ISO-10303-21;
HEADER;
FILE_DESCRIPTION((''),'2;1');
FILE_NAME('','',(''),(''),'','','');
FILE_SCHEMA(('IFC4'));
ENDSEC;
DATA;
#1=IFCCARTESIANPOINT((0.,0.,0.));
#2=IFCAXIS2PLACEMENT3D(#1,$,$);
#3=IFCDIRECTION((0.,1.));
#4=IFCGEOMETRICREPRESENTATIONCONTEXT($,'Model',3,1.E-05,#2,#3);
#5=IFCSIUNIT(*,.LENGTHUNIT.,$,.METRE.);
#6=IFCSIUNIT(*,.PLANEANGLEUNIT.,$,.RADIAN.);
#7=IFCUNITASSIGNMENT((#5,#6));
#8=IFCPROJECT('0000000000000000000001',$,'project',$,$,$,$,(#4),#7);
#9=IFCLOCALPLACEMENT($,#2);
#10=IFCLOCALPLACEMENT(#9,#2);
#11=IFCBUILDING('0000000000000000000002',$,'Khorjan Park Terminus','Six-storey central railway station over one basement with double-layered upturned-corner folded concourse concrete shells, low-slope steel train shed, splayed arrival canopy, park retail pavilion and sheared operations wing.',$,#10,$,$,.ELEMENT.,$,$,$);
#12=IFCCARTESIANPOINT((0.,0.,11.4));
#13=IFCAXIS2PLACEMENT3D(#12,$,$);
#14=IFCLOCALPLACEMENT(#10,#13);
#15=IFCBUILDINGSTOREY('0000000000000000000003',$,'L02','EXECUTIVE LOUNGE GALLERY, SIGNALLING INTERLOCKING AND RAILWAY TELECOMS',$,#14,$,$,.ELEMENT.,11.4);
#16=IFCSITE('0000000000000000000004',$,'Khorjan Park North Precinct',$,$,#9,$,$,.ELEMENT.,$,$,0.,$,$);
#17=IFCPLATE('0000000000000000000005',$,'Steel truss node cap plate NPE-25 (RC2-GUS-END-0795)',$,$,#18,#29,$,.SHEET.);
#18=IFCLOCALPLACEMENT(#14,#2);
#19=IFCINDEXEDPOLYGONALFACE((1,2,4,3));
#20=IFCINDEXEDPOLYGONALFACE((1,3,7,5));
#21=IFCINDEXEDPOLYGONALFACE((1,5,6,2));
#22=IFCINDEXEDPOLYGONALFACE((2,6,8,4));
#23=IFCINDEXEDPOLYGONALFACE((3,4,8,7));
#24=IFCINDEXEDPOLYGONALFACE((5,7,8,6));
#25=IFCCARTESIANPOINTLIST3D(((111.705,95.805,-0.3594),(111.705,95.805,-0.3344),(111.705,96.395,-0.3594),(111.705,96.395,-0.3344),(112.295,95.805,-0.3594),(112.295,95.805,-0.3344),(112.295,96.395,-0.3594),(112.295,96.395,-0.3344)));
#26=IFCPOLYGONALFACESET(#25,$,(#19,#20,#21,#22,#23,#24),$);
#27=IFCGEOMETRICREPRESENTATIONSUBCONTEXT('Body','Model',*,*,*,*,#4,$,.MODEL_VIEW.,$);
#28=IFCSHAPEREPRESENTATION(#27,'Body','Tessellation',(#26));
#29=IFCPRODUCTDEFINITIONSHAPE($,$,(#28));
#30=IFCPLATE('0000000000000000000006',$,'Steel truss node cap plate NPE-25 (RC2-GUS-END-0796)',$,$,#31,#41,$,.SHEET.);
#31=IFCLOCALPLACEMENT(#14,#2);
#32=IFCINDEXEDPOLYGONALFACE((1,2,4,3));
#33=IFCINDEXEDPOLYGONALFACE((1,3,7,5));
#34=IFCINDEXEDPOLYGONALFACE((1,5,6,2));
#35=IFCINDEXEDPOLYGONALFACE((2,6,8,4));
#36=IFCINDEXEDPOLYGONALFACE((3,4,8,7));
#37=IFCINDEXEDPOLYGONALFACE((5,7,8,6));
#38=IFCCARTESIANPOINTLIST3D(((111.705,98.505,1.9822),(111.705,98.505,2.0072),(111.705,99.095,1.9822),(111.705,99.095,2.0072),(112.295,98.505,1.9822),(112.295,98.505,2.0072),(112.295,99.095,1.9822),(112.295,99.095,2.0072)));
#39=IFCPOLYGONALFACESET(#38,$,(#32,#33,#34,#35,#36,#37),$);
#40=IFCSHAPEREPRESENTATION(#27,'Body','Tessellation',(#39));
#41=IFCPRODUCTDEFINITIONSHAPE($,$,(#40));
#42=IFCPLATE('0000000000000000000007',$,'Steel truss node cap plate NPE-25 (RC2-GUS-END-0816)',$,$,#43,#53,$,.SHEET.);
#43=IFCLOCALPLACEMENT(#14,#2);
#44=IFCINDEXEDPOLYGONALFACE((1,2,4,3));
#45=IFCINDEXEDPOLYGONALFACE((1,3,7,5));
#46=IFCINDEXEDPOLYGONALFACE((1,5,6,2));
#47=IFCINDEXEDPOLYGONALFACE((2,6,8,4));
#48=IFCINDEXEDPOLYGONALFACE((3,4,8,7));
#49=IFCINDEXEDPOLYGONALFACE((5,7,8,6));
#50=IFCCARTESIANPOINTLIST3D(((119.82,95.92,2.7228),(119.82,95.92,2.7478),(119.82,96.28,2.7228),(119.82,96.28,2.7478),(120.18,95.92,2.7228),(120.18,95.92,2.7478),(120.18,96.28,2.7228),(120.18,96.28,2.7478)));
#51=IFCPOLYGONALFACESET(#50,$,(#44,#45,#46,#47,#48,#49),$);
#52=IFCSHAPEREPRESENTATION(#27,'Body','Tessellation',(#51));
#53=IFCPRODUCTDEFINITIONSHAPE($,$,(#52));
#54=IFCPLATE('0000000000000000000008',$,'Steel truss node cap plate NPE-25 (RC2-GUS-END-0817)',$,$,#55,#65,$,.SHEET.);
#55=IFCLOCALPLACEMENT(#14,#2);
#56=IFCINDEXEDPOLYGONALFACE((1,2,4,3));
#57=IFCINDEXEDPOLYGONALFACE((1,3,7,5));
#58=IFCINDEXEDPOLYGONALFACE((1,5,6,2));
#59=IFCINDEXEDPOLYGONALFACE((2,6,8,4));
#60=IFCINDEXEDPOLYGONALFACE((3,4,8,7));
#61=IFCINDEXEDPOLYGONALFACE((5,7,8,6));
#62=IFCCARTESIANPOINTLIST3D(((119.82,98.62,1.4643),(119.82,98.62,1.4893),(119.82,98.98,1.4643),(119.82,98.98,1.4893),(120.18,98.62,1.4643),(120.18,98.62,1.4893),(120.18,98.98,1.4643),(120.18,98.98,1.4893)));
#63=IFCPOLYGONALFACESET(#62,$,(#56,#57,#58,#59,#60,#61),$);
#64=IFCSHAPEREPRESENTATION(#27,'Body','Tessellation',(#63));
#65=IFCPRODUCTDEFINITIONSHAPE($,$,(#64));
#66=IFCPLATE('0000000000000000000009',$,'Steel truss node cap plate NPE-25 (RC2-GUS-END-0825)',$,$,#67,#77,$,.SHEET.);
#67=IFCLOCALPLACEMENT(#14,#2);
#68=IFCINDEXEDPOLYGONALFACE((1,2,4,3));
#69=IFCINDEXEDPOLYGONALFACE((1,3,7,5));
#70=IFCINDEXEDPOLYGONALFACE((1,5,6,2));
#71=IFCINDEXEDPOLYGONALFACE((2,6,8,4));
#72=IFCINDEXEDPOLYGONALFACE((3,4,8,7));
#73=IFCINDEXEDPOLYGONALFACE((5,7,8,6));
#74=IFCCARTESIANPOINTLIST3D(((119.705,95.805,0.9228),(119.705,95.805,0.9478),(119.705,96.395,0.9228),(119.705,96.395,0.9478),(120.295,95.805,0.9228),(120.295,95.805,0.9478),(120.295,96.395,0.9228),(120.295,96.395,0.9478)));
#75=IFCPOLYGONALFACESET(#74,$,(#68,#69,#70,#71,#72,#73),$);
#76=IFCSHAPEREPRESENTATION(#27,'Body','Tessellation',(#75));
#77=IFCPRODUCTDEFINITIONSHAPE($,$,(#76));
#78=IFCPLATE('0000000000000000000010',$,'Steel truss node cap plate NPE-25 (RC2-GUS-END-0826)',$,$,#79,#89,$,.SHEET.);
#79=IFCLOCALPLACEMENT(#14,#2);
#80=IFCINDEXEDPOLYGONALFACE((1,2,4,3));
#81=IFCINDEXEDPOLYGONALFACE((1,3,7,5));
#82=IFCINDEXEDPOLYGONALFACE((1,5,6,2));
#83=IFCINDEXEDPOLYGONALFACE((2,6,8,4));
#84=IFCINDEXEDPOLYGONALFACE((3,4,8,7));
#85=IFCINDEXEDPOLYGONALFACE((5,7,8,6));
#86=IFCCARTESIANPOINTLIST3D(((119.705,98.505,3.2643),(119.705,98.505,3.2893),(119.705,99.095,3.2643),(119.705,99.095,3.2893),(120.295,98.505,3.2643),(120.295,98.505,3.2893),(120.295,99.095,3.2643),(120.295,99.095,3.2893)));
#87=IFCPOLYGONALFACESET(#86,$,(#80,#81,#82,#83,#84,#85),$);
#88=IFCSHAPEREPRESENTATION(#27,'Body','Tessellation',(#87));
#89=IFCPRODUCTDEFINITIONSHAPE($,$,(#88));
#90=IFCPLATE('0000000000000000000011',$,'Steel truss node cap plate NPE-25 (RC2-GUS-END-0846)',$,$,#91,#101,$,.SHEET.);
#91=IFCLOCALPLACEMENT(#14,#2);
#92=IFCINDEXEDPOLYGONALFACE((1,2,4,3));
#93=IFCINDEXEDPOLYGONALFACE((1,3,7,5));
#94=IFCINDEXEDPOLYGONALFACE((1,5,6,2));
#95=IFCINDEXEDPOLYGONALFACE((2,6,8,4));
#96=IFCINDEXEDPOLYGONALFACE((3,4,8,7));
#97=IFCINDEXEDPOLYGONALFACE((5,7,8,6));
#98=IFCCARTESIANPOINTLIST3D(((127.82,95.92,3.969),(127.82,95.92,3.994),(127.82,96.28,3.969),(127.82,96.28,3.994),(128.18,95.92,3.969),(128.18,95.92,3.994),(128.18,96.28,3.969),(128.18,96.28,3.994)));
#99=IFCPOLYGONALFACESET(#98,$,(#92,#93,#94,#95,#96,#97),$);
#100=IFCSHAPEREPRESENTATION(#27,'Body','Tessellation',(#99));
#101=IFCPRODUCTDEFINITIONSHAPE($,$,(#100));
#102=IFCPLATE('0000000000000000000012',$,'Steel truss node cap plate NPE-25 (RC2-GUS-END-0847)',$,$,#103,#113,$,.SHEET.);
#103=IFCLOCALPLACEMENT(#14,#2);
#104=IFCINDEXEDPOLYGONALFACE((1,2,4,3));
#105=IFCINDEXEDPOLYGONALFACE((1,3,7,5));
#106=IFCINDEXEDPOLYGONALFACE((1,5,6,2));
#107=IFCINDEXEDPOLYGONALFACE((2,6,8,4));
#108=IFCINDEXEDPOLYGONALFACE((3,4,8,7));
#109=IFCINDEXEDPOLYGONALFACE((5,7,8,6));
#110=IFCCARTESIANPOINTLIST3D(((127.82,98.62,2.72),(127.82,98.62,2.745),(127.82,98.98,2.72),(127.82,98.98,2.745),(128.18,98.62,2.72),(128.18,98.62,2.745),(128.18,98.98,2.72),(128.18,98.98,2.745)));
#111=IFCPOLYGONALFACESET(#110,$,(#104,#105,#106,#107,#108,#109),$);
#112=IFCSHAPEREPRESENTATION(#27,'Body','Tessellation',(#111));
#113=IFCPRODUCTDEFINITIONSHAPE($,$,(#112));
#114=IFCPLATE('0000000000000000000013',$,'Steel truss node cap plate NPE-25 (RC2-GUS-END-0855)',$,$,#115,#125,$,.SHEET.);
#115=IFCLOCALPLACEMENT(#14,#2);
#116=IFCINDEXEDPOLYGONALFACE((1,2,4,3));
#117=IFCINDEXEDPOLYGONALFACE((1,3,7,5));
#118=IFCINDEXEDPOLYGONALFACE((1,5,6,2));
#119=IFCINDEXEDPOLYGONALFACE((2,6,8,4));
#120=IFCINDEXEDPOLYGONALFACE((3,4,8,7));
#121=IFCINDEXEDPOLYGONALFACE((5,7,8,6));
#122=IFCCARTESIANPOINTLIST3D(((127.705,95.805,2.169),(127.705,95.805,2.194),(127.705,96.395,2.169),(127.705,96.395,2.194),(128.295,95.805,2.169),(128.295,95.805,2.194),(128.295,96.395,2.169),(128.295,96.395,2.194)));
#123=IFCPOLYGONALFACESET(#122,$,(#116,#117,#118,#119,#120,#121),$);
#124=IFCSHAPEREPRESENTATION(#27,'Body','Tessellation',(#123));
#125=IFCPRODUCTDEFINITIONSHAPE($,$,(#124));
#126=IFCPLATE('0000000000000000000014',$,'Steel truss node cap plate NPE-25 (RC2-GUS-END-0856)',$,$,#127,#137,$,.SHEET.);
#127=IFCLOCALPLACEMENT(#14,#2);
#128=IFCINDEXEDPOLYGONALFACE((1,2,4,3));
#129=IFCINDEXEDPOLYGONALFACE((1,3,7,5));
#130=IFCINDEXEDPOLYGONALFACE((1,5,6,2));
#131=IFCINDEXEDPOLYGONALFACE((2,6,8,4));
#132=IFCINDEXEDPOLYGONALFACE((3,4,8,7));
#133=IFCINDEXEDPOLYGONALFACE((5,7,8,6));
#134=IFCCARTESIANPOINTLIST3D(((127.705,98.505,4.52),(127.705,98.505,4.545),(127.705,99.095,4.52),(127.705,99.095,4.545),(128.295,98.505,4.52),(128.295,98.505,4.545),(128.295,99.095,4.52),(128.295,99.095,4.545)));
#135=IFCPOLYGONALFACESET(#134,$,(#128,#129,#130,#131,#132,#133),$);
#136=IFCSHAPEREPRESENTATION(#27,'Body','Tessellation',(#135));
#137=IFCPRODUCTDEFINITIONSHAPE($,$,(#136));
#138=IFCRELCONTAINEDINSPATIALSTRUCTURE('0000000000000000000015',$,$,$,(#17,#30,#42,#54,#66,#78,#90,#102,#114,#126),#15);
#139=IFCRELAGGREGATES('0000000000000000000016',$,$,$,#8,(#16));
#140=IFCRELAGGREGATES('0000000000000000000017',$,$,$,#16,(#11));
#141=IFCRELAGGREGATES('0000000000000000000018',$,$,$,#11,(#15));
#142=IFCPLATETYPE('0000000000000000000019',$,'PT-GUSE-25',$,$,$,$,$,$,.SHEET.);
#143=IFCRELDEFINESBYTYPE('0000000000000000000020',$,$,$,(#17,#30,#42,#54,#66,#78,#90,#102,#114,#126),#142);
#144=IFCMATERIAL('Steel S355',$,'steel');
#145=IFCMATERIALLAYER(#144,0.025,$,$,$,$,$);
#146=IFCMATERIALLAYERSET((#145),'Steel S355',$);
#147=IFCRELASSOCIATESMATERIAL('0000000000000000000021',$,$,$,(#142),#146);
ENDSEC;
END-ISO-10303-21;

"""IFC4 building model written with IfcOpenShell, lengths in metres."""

from ifc_helpers import new_model, si_unit, direction, frame, origin, origin_2d, place, context, subcontext, project, spatial, rectangle, extrude, material, layer, layer_set, type_object, element, save


model = new_model("IFC4")

# Units and contexts
model_context = context("Model", 3, precision=1e-05, world=origin(), true_north=direction((0.0, 1.0)))
body_context = subcontext(model_context, "Body", "Model", "MODEL_VIEW")
ifc_project = project(units=[si_unit("LENGTHUNIT", "METRE"), si_unit("PLANEANGLEUNIT", "RADIAN")], contexts=[model_context])

# Site, building, storey
site_placement = place(None, origin())
site = spatial("IfcSite", under=ifc_project, at=site_placement, Name="Khorjan Park North Precinct", CompositionType="ELEMENT", RefElevation=0.0)
building_placement = place(site_placement, origin())
building = spatial("IfcBuilding", under=site, at=building_placement, Name="Khorjan Park Terminus", Description="Six-storey central railway station over one basement with double-layered upturned-corner folded concourse concrete shells, low-slope steel train shed, splayed arrival canopy, park retail pavilion and sheared operations wing.", CompositionType="ELEMENT")
storey_placement = place(building_placement, frame((0.0, 0.0, 11.4)))
storey = spatial("IfcBuildingStorey", under=building, at=storey_placement, Name="L02", Description="EXECUTIVE LOUNGE GALLERY, SIGNALLING INTERLOCKING AND RAILWAY TELECOMS", CompositionType="ELEMENT", Elevation=11.4)

# Shared definitions
ifc_material = material(Name="Steel S355", Category="steel")

# Plates
ifc_layer = layer(ifc_material, 0.025)
ifc_layer_set = layer_set([ifc_layer], Name="Steel S355")
plate_type = type_object("IfcPlateType", Name="PT-GUSE-25", PredefinedType="SHEET", material=ifc_layer_set)
for number, where, z_axis, x_axis, name in (
    (1, (112.0, 96.1, -0.3594), (0.0, 0.0, 1.0), (1.0, 0.0, 0.0), "Steel truss node cap plate NPE-25 (RC2-GUS-END-0795)"),
    (2, (112.0, 98.8, 1.9822), (0.0, 0.0, 1.0), (1.0, 0.0, 0.0), "Steel truss node cap plate NPE-25 (RC2-GUS-END-0796)"),
):
    element("IfcPlate", number, at=place(storey_placement, frame(where, z_axis=z_axis, x_axis=x_axis)), inside=storey, type_object=plate_type, Name=name, PredefinedType="SHEET", context=body_context, shape_type="SweptSolid", body=[
        extrude(rectangle(XDim=0.59, YDim=0.59, at=origin_2d()), origin(), (0.0, 0.0, 1.0), 0.025),
    ])
for number, where, z_axis, x_axis, name in (
    (3, (120.0, 96.1, 2.7228), (0.0, 0.0, 1.0), (1.0, 0.0, 0.0), "Steel truss node cap plate NPE-25 (RC2-GUS-END-0816)"),
    (4, (120.0, 98.8, 1.4643), (0.0, 0.0, 1.0), (1.0, 0.0, 0.0), "Steel truss node cap plate NPE-25 (RC2-GUS-END-0817)"),
):
    element("IfcPlate", number, at=place(storey_placement, frame(where, z_axis=z_axis, x_axis=x_axis)), inside=storey, type_object=plate_type, Name=name, PredefinedType="SHEET", context=body_context, shape_type="SweptSolid", body=[
        extrude(rectangle(XDim=0.36, YDim=0.36, at=origin_2d()), origin(), (0.0, 0.0, 1.0), 0.025),
    ])
for number, where, z_axis, x_axis, name in (
    (5, (120.0, 96.1, 0.9228), (0.0, 0.0, 1.0), (1.0, 0.0, 0.0), "Steel truss node cap plate NPE-25 (RC2-GUS-END-0825)"),
    (6, (120.0, 98.8, 3.2643), (0.0, 0.0, 1.0), (1.0, 0.0, 0.0), "Steel truss node cap plate NPE-25 (RC2-GUS-END-0826)"),
):
    element("IfcPlate", number, at=place(storey_placement, frame(where, z_axis=z_axis, x_axis=x_axis)), inside=storey, type_object=plate_type, Name=name, PredefinedType="SHEET", context=body_context, shape_type="SweptSolid", body=[
        extrude(rectangle(XDim=0.59, YDim=0.59, at=origin_2d()), origin(), (0.0, 0.0, 1.0), 0.025),
    ])
for number, where, z_axis, x_axis, name in (
    (7, (128.0, 96.1, 3.969), (0.0, 0.0, 1.0), (1.0, 0.0, 0.0), "Steel truss node cap plate NPE-25 (RC2-GUS-END-0846)"),
    (8, (128.0, 98.8, 2.72), (0.0, 0.0, 1.0), (1.0, 0.0, 0.0), "Steel truss node cap plate NPE-25 (RC2-GUS-END-0847)"),
):
    element("IfcPlate", number, at=place(storey_placement, frame(where, z_axis=z_axis, x_axis=x_axis)), inside=storey, type_object=plate_type, Name=name, PredefinedType="SHEET", context=body_context, shape_type="SweptSolid", body=[
        extrude(rectangle(XDim=0.36, YDim=0.36, at=origin_2d()), origin(), (0.0, 0.0, 1.0), 0.025),
    ])
for number, where, z_axis, x_axis, name in (
    (9, (128.0, 96.1, 2.169), (0.0, 0.0, 1.0), (1.0, 0.0, 0.0), "Steel truss node cap plate NPE-25 (RC2-GUS-END-0855)"),
    (10, (128.0, 98.8, 4.52), (0.0, 0.0, 1.0), (1.0, 0.0, 0.0), "Steel truss node cap plate NPE-25 (RC2-GUS-END-0856)"),
):
    element("IfcPlate", number, at=place(storey_placement, frame(where, z_axis=z_axis, x_axis=x_axis)), inside=storey, type_object=plate_type, Name=name, PredefinedType="SHEET", context=body_context, shape_type="SweptSolid", body=[
        extrude(rectangle(XDim=0.59, YDim=0.59, at=origin_2d()), origin(), (0.0, 0.0, 1.0), 0.025),
    ])

save(model, "model.ifc")
